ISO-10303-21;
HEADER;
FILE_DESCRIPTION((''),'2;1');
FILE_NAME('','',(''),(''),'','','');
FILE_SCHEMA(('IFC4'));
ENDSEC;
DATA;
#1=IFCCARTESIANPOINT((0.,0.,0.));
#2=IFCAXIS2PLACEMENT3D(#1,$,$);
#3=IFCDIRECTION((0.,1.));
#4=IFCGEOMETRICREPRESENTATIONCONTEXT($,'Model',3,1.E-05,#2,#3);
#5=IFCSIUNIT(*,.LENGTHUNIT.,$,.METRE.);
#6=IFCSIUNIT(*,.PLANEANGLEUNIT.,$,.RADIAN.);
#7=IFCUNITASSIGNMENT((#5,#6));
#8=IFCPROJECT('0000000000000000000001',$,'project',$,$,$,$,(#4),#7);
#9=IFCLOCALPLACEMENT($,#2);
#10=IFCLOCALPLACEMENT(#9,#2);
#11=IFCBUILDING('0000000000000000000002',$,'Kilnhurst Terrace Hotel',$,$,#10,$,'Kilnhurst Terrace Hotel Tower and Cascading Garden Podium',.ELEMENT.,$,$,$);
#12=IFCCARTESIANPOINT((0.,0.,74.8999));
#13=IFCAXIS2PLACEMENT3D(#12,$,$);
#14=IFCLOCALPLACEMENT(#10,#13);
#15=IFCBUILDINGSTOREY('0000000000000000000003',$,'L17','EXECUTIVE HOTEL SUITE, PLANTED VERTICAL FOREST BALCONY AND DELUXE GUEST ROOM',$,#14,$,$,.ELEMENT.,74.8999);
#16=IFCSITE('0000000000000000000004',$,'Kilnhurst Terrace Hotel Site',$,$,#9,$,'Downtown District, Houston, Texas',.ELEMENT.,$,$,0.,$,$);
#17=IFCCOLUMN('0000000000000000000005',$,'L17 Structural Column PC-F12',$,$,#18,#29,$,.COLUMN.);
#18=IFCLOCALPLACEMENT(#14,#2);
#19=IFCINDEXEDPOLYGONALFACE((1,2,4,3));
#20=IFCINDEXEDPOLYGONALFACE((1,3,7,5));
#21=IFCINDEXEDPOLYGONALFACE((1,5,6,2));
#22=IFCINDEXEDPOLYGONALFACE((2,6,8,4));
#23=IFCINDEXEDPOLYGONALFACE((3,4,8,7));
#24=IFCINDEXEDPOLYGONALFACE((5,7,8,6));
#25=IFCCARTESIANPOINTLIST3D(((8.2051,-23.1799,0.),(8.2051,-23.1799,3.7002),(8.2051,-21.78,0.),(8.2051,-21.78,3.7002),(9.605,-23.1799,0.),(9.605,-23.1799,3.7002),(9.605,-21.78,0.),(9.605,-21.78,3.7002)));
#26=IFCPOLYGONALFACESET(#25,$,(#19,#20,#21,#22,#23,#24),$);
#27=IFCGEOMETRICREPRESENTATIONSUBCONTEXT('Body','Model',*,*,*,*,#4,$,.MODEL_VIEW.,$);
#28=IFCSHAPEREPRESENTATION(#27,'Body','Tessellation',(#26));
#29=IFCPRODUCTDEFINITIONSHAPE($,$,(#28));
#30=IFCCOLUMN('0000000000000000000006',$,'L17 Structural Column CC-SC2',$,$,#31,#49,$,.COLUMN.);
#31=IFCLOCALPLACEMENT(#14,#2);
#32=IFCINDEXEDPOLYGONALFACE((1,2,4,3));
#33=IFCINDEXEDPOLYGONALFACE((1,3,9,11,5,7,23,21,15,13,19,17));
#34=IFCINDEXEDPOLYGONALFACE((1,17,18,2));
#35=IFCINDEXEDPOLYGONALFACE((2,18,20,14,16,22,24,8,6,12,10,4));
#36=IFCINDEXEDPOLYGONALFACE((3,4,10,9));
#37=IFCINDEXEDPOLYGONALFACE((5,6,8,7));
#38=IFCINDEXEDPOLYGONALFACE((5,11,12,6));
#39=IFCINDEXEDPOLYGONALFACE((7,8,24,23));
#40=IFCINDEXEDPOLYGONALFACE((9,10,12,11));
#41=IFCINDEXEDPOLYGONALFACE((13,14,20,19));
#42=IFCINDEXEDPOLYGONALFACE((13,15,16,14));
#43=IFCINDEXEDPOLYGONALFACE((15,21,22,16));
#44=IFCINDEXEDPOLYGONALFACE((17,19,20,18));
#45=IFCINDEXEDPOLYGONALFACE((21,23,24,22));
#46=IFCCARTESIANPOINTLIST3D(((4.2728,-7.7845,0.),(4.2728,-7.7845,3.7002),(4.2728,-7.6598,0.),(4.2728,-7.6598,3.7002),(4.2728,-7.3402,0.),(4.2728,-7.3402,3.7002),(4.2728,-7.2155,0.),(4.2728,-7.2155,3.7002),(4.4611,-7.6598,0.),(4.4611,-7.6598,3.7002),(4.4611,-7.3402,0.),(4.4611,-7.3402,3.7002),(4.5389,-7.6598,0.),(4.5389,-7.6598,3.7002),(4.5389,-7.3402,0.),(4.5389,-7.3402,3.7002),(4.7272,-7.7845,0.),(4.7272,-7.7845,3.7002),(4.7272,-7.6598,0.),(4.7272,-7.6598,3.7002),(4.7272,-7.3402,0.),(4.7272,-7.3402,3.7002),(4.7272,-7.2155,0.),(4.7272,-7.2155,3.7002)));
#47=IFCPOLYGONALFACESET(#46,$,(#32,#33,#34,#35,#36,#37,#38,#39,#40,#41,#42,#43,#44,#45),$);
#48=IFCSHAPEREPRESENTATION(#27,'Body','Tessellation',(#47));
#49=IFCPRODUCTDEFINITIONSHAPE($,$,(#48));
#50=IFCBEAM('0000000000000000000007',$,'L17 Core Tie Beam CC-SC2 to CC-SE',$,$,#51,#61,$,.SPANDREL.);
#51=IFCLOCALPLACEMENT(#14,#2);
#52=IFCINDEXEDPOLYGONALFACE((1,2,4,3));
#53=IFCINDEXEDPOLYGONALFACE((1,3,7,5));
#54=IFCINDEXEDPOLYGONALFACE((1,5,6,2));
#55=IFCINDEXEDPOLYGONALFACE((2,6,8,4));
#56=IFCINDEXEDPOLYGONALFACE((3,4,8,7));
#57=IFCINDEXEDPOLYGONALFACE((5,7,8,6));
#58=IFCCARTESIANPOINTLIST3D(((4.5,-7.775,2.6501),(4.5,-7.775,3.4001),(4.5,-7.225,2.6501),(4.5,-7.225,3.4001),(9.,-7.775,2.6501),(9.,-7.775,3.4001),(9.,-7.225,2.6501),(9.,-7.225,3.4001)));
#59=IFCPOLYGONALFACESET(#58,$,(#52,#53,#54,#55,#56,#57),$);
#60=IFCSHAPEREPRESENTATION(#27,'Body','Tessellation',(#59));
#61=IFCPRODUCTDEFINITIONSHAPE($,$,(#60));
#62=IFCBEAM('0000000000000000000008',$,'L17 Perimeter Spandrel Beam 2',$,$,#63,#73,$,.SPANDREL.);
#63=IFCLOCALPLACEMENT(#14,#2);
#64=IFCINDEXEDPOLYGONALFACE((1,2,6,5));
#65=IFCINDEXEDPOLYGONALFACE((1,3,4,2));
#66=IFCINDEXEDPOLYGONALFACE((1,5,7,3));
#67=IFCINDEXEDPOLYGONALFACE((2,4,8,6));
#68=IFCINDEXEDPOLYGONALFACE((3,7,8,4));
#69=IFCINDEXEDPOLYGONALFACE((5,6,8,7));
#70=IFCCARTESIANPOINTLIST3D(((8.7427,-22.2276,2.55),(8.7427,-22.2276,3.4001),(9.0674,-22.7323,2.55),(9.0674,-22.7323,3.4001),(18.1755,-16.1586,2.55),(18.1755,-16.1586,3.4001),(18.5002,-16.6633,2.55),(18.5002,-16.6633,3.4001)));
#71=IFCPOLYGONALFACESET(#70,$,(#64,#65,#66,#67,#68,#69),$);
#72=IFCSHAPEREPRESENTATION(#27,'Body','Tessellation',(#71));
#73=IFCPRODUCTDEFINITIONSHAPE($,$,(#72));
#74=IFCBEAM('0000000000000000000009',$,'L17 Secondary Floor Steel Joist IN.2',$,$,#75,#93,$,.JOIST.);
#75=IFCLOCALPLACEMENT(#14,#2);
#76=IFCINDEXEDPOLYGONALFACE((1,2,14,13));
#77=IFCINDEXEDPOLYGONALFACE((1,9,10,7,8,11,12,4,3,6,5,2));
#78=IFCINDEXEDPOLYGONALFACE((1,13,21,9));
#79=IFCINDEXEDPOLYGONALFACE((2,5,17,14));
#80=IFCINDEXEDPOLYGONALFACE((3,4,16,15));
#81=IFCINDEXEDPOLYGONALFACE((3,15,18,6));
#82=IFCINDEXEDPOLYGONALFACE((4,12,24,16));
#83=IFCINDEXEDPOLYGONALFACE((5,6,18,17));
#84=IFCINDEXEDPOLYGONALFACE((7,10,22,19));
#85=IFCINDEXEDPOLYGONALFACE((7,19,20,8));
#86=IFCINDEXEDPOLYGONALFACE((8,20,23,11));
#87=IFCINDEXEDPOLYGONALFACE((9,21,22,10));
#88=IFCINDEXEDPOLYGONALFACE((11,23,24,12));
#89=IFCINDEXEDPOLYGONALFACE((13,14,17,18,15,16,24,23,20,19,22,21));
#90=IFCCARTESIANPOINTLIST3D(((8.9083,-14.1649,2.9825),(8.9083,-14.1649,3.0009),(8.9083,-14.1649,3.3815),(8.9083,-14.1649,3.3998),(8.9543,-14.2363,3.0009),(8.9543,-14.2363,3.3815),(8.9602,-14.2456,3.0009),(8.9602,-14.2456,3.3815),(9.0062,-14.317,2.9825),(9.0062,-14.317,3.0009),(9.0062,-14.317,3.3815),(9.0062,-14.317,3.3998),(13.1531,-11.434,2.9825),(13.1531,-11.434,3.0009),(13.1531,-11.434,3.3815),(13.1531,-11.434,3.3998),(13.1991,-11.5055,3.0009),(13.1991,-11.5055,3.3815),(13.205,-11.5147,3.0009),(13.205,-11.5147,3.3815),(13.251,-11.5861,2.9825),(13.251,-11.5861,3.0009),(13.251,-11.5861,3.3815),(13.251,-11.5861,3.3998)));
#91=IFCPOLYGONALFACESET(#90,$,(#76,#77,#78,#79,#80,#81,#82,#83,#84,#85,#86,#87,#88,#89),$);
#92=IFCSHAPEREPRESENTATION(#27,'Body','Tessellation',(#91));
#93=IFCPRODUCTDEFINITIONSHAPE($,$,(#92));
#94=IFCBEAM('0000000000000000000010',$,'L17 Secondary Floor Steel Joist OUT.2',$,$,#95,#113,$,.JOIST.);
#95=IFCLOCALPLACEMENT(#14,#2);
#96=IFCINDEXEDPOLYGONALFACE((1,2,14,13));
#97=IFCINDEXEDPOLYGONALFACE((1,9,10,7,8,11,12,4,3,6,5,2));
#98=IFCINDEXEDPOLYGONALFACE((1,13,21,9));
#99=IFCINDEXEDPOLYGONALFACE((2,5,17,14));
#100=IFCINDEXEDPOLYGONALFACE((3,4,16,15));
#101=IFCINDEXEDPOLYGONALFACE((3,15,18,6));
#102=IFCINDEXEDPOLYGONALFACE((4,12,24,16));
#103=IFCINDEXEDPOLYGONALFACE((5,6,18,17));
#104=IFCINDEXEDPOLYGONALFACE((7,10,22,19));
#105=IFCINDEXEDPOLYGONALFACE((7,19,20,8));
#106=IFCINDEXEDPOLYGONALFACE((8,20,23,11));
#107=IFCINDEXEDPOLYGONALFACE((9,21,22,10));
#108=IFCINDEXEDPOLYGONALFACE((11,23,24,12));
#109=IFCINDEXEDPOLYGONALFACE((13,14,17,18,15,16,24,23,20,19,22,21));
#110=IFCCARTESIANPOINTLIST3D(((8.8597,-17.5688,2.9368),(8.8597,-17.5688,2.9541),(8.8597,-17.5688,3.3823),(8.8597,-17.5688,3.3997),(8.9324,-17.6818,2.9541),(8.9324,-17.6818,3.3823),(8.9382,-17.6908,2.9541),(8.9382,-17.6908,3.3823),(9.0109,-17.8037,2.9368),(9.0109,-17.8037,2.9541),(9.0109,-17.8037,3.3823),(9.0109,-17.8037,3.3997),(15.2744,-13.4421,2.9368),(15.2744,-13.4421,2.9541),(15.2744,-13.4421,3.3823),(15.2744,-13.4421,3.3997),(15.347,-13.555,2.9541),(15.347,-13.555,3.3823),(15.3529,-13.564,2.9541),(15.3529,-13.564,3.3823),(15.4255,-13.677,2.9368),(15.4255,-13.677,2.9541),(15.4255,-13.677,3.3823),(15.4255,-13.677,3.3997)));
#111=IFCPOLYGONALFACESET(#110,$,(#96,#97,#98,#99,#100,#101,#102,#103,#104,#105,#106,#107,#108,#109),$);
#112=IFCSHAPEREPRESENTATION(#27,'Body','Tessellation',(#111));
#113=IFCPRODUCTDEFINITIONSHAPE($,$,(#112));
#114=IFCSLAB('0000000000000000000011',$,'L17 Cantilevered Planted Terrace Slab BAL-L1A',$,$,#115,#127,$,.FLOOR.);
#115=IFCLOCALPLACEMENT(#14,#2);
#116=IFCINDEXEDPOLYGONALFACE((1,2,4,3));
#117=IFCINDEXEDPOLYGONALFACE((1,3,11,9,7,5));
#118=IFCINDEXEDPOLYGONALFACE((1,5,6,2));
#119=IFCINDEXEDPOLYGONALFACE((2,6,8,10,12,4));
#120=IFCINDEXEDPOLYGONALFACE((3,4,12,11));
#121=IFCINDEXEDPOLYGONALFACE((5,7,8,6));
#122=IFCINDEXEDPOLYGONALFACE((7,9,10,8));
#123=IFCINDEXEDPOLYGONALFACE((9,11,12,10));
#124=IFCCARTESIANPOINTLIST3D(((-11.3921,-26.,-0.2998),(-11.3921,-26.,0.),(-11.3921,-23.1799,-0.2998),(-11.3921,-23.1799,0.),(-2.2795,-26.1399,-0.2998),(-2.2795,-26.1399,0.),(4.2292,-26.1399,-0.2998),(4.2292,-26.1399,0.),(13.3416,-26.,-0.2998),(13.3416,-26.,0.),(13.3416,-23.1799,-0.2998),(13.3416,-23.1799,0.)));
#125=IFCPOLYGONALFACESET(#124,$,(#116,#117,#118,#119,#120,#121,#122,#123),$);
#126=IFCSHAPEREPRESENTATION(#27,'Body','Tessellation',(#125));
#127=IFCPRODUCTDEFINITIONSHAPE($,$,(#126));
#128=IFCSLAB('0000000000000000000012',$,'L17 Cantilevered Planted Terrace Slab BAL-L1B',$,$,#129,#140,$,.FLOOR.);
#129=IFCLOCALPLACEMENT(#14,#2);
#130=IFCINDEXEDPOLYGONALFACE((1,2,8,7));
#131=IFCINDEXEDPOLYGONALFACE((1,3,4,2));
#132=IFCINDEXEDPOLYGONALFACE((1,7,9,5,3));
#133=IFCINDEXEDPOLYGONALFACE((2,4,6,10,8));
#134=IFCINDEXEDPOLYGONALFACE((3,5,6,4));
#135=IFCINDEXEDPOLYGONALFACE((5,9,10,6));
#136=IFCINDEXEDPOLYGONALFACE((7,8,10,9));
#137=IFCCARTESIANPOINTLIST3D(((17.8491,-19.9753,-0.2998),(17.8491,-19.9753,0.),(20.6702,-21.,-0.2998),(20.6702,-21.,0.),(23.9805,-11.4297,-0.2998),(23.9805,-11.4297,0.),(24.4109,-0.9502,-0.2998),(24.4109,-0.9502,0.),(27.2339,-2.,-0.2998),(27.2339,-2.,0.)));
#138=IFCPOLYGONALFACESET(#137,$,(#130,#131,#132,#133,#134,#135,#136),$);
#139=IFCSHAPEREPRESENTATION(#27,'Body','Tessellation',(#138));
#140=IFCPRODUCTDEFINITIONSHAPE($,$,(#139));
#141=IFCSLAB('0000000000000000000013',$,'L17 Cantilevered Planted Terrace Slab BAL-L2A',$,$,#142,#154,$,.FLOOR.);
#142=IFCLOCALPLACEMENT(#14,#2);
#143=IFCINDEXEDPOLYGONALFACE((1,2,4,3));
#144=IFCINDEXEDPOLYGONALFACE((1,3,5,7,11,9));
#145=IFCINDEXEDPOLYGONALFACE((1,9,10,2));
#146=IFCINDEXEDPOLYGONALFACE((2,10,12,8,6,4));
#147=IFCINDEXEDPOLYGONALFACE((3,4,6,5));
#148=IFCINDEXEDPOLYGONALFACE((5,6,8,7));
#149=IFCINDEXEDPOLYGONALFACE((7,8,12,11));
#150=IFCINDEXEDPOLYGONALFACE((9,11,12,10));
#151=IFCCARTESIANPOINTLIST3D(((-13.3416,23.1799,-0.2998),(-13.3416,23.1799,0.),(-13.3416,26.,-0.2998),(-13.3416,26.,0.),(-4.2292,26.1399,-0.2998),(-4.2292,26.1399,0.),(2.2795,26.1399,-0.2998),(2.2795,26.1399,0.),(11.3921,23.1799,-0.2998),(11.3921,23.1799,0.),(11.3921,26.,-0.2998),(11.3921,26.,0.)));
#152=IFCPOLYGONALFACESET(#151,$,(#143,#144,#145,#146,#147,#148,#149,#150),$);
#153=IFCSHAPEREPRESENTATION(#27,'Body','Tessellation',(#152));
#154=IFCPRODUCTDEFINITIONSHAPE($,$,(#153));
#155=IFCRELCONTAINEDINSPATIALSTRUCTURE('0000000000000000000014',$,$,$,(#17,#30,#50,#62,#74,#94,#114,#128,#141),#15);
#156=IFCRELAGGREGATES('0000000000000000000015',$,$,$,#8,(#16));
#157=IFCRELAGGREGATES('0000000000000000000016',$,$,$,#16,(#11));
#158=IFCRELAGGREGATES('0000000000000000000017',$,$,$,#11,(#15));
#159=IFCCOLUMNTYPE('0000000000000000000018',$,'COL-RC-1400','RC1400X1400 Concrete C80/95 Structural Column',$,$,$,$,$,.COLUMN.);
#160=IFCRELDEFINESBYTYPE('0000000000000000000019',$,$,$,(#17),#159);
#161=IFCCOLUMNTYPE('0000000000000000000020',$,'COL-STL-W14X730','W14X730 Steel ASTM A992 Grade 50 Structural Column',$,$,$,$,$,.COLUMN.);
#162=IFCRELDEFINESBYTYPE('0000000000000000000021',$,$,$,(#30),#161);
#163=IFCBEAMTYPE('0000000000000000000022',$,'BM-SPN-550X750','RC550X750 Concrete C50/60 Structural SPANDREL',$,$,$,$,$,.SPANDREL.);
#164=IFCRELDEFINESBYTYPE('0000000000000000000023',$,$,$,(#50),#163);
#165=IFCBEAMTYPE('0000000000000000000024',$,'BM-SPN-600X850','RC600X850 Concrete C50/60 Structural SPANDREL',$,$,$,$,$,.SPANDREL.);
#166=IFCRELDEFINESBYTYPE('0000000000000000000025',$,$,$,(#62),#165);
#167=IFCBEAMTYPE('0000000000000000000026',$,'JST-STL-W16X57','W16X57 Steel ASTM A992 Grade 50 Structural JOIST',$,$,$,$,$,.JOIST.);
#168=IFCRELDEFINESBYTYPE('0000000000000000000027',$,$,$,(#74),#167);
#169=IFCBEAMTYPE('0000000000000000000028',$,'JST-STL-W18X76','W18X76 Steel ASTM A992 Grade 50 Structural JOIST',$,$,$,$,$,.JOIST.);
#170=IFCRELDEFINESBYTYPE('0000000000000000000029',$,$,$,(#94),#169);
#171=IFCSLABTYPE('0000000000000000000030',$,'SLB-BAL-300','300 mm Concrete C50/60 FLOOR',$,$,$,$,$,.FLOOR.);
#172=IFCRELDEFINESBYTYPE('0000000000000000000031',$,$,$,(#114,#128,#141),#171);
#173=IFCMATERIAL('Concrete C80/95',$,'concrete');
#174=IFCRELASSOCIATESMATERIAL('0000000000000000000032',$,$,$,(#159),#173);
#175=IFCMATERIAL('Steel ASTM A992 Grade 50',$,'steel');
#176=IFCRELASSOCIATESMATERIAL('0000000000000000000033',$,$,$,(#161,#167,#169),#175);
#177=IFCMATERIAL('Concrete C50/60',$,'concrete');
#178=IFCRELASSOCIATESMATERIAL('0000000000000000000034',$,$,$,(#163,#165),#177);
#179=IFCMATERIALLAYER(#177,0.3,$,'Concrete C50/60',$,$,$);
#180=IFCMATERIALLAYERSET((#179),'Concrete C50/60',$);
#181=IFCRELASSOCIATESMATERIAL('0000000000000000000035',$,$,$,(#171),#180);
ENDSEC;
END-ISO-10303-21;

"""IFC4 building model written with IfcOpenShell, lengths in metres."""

from ifc_helpers import new_model, si_unit, direction, frame, origin, origin_2d, place, context, subcontext, project, spatial, polyline, rectangle, i_section, outline, extrude, material, layer, layer_set, material_profile, profile_set, type_object, element, save


model = new_model("IFC4")

# Units and contexts
model_context = context("Model", 3, precision=1e-05, world=origin(), true_north=direction((0.0, 1.0)))
body_context = subcontext(model_context, "Body", "Model", "MODEL_VIEW")
ifc_project = project(units=[si_unit("LENGTHUNIT", "METRE"), si_unit("PLANEANGLEUNIT", "RADIAN")], contexts=[model_context])

# Site, building, storey
site_placement = place(None, origin())
site = spatial("IfcSite", under=ifc_project, at=site_placement, Name="Kilnhurst Terrace Hotel Site", LongName="Downtown District, Houston, Texas", CompositionType="ELEMENT", RefElevation=0.0)
building_placement = place(site_placement, origin())
building = spatial("IfcBuilding", under=site, at=building_placement, Name="Kilnhurst Terrace Hotel", LongName="Kilnhurst Terrace Hotel Tower and Cascading Garden Podium", CompositionType="ELEMENT")
storey_placement = place(building_placement, frame((0.0, 0.0, 74.8999)))
storey = spatial("IfcBuildingStorey", under=building, at=storey_placement, Name="L17", Description="EXECUTIVE HOTEL SUITE, PLANTED VERTICAL FOREST BALCONY AND DELUXE GUEST ROOM", CompositionType="ELEMENT", Elevation=74.8999)

# Columns
ifc_material_1 = material(Name="Concrete C80/95", Category="concrete")
ifc_material_profile_1 = material_profile(ifc_material_1, rectangle(XDim=1.3999, YDim=1.3999, at=origin_2d()), Name="RC1400X1400")
ifc_profile_set_1 = profile_set([ifc_material_profile_1], Name="Concrete C80/95")
column_type_1 = type_object("IfcColumnType", Name="COL-RC-1400", Description="RC1400X1400 Concrete C80/95 Structural Column", PredefinedType="COLUMN", material=ifc_profile_set_1)
column_1_placement = place(storey_placement, frame((8.905, -22.48, 0.0), z_axis=(0.0, 0.0, 1.0), x_axis=(1.0, 0.0, 0.0)))
element("IfcColumn", 1, at=column_1_placement, inside=storey, type_object=column_type_1, Name="L17 Structural Column PC-F12", PredefinedType="COLUMN", context=body_context, shape_type="SweptSolid", body=[
    extrude(rectangle(XDim=1.3999, YDim=1.3999, at=origin_2d()), origin(), (0.0, 0.0, 1.0), 3.7002),
])
ifc_material_2 = material(Name="Steel ASTM A992 Grade 50", Category="steel")
ifc_material_profile_2 = material_profile(ifc_material_2, i_section(OverallWidth=0.4543, OverallDepth=0.5691, WebThickness=0.0779, FlangeThickness=0.1248, at=origin_2d()), Name="W14X730")
ifc_profile_set_2 = profile_set([ifc_material_profile_2], Name="Steel ASTM A992 Grade 50")
column_type_2 = type_object("IfcColumnType", Name="COL-STL-W14X730", Description="W14X730 Steel ASTM A992 Grade 50 Structural Column", PredefinedType="COLUMN", material=ifc_profile_set_2)
column_2_placement = place(storey_placement, frame((4.5, -7.5, 0.0), z_axis=(0.0, 0.0, 1.0), x_axis=(1.0, 0.0, 0.0)))
element("IfcColumn", 2, at=column_2_placement, inside=storey, type_object=column_type_2, Name="L17 Structural Column CC-SC2", PredefinedType="COLUMN", context=body_context, shape_type="SweptSolid", body=[
    extrude(i_section(OverallWidth=0.4543, OverallDepth=0.5691, WebThickness=0.0779, FlangeThickness=0.1248, at=origin_2d()), origin(), (0.0, 0.0, 1.0), 3.7002),
])

# Beams
ifc_material_3 = material(Name="Concrete C50/60", Category="concrete")
ifc_material_profile_3 = material_profile(ifc_material_3, rectangle(XDim=0.55, YDim=0.75, at=origin_2d()), Name="RC550X750")
ifc_profile_set_3 = profile_set([ifc_material_profile_3], Name="Concrete C50/60")
beam_type_1 = type_object("IfcBeamType", Name="BM-SPN-550X750", Description="RC550X750 Concrete C50/60 Structural SPANDREL", PredefinedType="SPANDREL", material=ifc_profile_set_3)
beam_1_placement = place(storey_placement, frame((4.5, -7.5, 3.0251), z_axis=(1.0, 0.0, 0.0), x_axis=(0.0, 1.0, 0.0)))
element("IfcBeam", 3, at=beam_1_placement, inside=storey, type_object=beam_type_1, Name="L17 Core Tie Beam CC-SC2 to CC-SE", PredefinedType="SPANDREL", context=body_context, shape_type="SweptSolid", body=[
    extrude(rectangle(XDim=0.55, YDim=0.75, at=origin_2d()), origin(), (0.0, 0.0, 1.0), 4.5),
])
ifc_material_profile_4 = material_profile(ifc_material_3, rectangle(XDim=0.6001, YDim=0.8501, at=origin_2d()), Name="RC600X850")
ifc_profile_set_4 = profile_set([ifc_material_profile_4], Name="Concrete C50/60")
beam_type_2 = type_object("IfcBeamType", Name="BM-SPN-600X850", Description="RC600X850 Concrete C50/60 Structural SPANDREL", PredefinedType="SPANDREL", material=ifc_profile_set_4)
beam_2_placement = place(storey_placement, frame((8.905, -22.48, 2.9751), z_axis=(0.840971, 0.54108, 0.0), x_axis=(-0.54108, 0.840971, 0.0)))
element("IfcBeam", 4, at=beam_2_placement, inside=storey, type_object=beam_type_2, Name="L17 Perimeter Spandrel Beam 2", PredefinedType="SPANDREL", context=body_context, shape_type="SweptSolid", body=[
    extrude(rectangle(XDim=0.6001, YDim=0.8501, at=origin_2d()), origin(), (0.0, 0.0, 1.0), 11.2166),
])
ifc_material_profile_5 = material_profile(ifc_material_2, i_section(OverallWidth=0.1809, OverallDepth=0.4172, WebThickness=0.011, FlangeThickness=0.0183, at=origin_2d()), Name="W16X57")
ifc_profile_set_5 = profile_set([ifc_material_profile_5], Name="Steel ASTM A992 Grade 50")
beam_type_3 = type_object("IfcBeamType", Name="JST-STL-W16X57", Description="W16X57 Steel ASTM A992 Grade 50 Structural JOIST", PredefinedType="JOIST", material=ifc_profile_set_5)
beam_3_placement = place(storey_placement, frame((8.9573, -14.241, 3.1912), z_axis=(0.840988, 0.541053, 0.0), x_axis=(-0.541053, 0.840988, 0.0)))
element("IfcBeam", 5, at=beam_3_placement, inside=storey, type_object=beam_type_3, Name="L17 Secondary Floor Steel Joist IN.2", PredefinedType="JOIST", context=body_context, shape_type="SweptSolid", body=[
    extrude(i_section(OverallWidth=0.1809, OverallDepth=0.4172, WebThickness=0.011, FlangeThickness=0.0183, at=origin_2d()), origin(), (0.0, 0.0, 1.0), 5.0474),
])
ifc_material_profile_6 = material_profile(ifc_material_2, i_section(OverallWidth=0.2793, OverallDepth=0.4629, WebThickness=0.0107, FlangeThickness=0.0173, at=origin_2d()), Name="W18X76")
ifc_profile_set_6 = profile_set([ifc_material_profile_6], Name="Steel ASTM A992 Grade 50")
beam_type_4 = type_object("IfcBeamType", Name="JST-STL-W18X76", Description="W18X76 Steel ASTM A992 Grade 50 Structural JOIST", PredefinedType="JOIST", material=ifc_profile_set_6)
beam_4_placement = place(storey_placement, frame((8.9353, -17.6863, 3.1682), z_axis=(0.840995, 0.541042, 0.0), x_axis=(-0.541042, 0.840995, 0.0)))
element("IfcBeam", 6, at=beam_4_placement, inside=storey, type_object=beam_type_4, Name="L17 Secondary Floor Steel Joist OUT.2", PredefinedType="JOIST", context=body_context, shape_type="SweptSolid", body=[
    extrude(i_section(OverallWidth=0.2793, OverallDepth=0.4629, WebThickness=0.0107, FlangeThickness=0.0173, at=origin_2d()), origin(), (0.0, 0.0, 1.0), 7.6274),
])

# Slabs
ifc_layer_1 = layer(ifc_material_3, 0.3, Name="Concrete C50/60")
ifc_layer_set_1 = layer_set([ifc_layer_1], Name="Concrete C50/60")
slab_type_1 = type_object("IfcSlabType", Name="SLB-BAL-300", Description="300 mm Concrete C50/60 FLOOR", PredefinedType="FLOOR", material=ifc_layer_set_1)
slab_1_placement = place(storey_placement, frame((0.0, 0.0, -0.2998)))
element("IfcSlab", 7, at=slab_1_placement, inside=storey, type_object=slab_type_1, Name="L17 Cantilevered Planted Terrace Slab BAL-L1A", PredefinedType="FLOOR", context=body_context, shape_type="SweptSolid", body=[
    extrude(outline(polyline([(4.2292, -26.1399), (-2.2795, -26.1399), (-11.3921, -26.0), (-11.3921, -23.1799), (13.3416, -23.1799), (13.3416, -26.0), (4.2292, -26.1399)])), origin(), (0.0, 0.0, 1.0), 0.2998),
])
slab_2_placement = place(storey_placement, frame((0.0, 0.0, -0.2998)))
element("IfcSlab", 8, at=slab_2_placement, inside=storey, type_object=slab_type_1, Name="L17 Cantilevered Planted Terrace Slab BAL-L1B", PredefinedType="FLOOR", context=body_context, shape_type="SweptSolid", body=[
    extrude(outline(polyline([(20.6702, -21.0), (17.8491, -19.9753), (24.4109, -0.9502), (27.2339, -2.0), (23.9805, -11.4297), (20.6702, -21.0)])), origin(), (0.0, 0.0, 1.0), 0.2998),
])
slab_3_placement = place(storey_placement, frame((0.0, 0.0, -0.2998)))
element("IfcSlab", 9, at=slab_3_placement, inside=storey, type_object=slab_type_1, Name="L17 Cantilevered Planted Terrace Slab BAL-L2A", PredefinedType="FLOOR", context=body_context, shape_type="SweptSolid", body=[
    extrude(outline(polyline([(2.2795, 26.1399), (11.3921, 26.0), (11.3921, 23.1799), (-13.3416, 23.1799), (-13.3416, 26.0), (-4.2292, 26.1399), (2.2795, 26.1399)])), origin(), (0.0, 0.0, 1.0), 0.2998),
])

save(model, "model.ifc")
